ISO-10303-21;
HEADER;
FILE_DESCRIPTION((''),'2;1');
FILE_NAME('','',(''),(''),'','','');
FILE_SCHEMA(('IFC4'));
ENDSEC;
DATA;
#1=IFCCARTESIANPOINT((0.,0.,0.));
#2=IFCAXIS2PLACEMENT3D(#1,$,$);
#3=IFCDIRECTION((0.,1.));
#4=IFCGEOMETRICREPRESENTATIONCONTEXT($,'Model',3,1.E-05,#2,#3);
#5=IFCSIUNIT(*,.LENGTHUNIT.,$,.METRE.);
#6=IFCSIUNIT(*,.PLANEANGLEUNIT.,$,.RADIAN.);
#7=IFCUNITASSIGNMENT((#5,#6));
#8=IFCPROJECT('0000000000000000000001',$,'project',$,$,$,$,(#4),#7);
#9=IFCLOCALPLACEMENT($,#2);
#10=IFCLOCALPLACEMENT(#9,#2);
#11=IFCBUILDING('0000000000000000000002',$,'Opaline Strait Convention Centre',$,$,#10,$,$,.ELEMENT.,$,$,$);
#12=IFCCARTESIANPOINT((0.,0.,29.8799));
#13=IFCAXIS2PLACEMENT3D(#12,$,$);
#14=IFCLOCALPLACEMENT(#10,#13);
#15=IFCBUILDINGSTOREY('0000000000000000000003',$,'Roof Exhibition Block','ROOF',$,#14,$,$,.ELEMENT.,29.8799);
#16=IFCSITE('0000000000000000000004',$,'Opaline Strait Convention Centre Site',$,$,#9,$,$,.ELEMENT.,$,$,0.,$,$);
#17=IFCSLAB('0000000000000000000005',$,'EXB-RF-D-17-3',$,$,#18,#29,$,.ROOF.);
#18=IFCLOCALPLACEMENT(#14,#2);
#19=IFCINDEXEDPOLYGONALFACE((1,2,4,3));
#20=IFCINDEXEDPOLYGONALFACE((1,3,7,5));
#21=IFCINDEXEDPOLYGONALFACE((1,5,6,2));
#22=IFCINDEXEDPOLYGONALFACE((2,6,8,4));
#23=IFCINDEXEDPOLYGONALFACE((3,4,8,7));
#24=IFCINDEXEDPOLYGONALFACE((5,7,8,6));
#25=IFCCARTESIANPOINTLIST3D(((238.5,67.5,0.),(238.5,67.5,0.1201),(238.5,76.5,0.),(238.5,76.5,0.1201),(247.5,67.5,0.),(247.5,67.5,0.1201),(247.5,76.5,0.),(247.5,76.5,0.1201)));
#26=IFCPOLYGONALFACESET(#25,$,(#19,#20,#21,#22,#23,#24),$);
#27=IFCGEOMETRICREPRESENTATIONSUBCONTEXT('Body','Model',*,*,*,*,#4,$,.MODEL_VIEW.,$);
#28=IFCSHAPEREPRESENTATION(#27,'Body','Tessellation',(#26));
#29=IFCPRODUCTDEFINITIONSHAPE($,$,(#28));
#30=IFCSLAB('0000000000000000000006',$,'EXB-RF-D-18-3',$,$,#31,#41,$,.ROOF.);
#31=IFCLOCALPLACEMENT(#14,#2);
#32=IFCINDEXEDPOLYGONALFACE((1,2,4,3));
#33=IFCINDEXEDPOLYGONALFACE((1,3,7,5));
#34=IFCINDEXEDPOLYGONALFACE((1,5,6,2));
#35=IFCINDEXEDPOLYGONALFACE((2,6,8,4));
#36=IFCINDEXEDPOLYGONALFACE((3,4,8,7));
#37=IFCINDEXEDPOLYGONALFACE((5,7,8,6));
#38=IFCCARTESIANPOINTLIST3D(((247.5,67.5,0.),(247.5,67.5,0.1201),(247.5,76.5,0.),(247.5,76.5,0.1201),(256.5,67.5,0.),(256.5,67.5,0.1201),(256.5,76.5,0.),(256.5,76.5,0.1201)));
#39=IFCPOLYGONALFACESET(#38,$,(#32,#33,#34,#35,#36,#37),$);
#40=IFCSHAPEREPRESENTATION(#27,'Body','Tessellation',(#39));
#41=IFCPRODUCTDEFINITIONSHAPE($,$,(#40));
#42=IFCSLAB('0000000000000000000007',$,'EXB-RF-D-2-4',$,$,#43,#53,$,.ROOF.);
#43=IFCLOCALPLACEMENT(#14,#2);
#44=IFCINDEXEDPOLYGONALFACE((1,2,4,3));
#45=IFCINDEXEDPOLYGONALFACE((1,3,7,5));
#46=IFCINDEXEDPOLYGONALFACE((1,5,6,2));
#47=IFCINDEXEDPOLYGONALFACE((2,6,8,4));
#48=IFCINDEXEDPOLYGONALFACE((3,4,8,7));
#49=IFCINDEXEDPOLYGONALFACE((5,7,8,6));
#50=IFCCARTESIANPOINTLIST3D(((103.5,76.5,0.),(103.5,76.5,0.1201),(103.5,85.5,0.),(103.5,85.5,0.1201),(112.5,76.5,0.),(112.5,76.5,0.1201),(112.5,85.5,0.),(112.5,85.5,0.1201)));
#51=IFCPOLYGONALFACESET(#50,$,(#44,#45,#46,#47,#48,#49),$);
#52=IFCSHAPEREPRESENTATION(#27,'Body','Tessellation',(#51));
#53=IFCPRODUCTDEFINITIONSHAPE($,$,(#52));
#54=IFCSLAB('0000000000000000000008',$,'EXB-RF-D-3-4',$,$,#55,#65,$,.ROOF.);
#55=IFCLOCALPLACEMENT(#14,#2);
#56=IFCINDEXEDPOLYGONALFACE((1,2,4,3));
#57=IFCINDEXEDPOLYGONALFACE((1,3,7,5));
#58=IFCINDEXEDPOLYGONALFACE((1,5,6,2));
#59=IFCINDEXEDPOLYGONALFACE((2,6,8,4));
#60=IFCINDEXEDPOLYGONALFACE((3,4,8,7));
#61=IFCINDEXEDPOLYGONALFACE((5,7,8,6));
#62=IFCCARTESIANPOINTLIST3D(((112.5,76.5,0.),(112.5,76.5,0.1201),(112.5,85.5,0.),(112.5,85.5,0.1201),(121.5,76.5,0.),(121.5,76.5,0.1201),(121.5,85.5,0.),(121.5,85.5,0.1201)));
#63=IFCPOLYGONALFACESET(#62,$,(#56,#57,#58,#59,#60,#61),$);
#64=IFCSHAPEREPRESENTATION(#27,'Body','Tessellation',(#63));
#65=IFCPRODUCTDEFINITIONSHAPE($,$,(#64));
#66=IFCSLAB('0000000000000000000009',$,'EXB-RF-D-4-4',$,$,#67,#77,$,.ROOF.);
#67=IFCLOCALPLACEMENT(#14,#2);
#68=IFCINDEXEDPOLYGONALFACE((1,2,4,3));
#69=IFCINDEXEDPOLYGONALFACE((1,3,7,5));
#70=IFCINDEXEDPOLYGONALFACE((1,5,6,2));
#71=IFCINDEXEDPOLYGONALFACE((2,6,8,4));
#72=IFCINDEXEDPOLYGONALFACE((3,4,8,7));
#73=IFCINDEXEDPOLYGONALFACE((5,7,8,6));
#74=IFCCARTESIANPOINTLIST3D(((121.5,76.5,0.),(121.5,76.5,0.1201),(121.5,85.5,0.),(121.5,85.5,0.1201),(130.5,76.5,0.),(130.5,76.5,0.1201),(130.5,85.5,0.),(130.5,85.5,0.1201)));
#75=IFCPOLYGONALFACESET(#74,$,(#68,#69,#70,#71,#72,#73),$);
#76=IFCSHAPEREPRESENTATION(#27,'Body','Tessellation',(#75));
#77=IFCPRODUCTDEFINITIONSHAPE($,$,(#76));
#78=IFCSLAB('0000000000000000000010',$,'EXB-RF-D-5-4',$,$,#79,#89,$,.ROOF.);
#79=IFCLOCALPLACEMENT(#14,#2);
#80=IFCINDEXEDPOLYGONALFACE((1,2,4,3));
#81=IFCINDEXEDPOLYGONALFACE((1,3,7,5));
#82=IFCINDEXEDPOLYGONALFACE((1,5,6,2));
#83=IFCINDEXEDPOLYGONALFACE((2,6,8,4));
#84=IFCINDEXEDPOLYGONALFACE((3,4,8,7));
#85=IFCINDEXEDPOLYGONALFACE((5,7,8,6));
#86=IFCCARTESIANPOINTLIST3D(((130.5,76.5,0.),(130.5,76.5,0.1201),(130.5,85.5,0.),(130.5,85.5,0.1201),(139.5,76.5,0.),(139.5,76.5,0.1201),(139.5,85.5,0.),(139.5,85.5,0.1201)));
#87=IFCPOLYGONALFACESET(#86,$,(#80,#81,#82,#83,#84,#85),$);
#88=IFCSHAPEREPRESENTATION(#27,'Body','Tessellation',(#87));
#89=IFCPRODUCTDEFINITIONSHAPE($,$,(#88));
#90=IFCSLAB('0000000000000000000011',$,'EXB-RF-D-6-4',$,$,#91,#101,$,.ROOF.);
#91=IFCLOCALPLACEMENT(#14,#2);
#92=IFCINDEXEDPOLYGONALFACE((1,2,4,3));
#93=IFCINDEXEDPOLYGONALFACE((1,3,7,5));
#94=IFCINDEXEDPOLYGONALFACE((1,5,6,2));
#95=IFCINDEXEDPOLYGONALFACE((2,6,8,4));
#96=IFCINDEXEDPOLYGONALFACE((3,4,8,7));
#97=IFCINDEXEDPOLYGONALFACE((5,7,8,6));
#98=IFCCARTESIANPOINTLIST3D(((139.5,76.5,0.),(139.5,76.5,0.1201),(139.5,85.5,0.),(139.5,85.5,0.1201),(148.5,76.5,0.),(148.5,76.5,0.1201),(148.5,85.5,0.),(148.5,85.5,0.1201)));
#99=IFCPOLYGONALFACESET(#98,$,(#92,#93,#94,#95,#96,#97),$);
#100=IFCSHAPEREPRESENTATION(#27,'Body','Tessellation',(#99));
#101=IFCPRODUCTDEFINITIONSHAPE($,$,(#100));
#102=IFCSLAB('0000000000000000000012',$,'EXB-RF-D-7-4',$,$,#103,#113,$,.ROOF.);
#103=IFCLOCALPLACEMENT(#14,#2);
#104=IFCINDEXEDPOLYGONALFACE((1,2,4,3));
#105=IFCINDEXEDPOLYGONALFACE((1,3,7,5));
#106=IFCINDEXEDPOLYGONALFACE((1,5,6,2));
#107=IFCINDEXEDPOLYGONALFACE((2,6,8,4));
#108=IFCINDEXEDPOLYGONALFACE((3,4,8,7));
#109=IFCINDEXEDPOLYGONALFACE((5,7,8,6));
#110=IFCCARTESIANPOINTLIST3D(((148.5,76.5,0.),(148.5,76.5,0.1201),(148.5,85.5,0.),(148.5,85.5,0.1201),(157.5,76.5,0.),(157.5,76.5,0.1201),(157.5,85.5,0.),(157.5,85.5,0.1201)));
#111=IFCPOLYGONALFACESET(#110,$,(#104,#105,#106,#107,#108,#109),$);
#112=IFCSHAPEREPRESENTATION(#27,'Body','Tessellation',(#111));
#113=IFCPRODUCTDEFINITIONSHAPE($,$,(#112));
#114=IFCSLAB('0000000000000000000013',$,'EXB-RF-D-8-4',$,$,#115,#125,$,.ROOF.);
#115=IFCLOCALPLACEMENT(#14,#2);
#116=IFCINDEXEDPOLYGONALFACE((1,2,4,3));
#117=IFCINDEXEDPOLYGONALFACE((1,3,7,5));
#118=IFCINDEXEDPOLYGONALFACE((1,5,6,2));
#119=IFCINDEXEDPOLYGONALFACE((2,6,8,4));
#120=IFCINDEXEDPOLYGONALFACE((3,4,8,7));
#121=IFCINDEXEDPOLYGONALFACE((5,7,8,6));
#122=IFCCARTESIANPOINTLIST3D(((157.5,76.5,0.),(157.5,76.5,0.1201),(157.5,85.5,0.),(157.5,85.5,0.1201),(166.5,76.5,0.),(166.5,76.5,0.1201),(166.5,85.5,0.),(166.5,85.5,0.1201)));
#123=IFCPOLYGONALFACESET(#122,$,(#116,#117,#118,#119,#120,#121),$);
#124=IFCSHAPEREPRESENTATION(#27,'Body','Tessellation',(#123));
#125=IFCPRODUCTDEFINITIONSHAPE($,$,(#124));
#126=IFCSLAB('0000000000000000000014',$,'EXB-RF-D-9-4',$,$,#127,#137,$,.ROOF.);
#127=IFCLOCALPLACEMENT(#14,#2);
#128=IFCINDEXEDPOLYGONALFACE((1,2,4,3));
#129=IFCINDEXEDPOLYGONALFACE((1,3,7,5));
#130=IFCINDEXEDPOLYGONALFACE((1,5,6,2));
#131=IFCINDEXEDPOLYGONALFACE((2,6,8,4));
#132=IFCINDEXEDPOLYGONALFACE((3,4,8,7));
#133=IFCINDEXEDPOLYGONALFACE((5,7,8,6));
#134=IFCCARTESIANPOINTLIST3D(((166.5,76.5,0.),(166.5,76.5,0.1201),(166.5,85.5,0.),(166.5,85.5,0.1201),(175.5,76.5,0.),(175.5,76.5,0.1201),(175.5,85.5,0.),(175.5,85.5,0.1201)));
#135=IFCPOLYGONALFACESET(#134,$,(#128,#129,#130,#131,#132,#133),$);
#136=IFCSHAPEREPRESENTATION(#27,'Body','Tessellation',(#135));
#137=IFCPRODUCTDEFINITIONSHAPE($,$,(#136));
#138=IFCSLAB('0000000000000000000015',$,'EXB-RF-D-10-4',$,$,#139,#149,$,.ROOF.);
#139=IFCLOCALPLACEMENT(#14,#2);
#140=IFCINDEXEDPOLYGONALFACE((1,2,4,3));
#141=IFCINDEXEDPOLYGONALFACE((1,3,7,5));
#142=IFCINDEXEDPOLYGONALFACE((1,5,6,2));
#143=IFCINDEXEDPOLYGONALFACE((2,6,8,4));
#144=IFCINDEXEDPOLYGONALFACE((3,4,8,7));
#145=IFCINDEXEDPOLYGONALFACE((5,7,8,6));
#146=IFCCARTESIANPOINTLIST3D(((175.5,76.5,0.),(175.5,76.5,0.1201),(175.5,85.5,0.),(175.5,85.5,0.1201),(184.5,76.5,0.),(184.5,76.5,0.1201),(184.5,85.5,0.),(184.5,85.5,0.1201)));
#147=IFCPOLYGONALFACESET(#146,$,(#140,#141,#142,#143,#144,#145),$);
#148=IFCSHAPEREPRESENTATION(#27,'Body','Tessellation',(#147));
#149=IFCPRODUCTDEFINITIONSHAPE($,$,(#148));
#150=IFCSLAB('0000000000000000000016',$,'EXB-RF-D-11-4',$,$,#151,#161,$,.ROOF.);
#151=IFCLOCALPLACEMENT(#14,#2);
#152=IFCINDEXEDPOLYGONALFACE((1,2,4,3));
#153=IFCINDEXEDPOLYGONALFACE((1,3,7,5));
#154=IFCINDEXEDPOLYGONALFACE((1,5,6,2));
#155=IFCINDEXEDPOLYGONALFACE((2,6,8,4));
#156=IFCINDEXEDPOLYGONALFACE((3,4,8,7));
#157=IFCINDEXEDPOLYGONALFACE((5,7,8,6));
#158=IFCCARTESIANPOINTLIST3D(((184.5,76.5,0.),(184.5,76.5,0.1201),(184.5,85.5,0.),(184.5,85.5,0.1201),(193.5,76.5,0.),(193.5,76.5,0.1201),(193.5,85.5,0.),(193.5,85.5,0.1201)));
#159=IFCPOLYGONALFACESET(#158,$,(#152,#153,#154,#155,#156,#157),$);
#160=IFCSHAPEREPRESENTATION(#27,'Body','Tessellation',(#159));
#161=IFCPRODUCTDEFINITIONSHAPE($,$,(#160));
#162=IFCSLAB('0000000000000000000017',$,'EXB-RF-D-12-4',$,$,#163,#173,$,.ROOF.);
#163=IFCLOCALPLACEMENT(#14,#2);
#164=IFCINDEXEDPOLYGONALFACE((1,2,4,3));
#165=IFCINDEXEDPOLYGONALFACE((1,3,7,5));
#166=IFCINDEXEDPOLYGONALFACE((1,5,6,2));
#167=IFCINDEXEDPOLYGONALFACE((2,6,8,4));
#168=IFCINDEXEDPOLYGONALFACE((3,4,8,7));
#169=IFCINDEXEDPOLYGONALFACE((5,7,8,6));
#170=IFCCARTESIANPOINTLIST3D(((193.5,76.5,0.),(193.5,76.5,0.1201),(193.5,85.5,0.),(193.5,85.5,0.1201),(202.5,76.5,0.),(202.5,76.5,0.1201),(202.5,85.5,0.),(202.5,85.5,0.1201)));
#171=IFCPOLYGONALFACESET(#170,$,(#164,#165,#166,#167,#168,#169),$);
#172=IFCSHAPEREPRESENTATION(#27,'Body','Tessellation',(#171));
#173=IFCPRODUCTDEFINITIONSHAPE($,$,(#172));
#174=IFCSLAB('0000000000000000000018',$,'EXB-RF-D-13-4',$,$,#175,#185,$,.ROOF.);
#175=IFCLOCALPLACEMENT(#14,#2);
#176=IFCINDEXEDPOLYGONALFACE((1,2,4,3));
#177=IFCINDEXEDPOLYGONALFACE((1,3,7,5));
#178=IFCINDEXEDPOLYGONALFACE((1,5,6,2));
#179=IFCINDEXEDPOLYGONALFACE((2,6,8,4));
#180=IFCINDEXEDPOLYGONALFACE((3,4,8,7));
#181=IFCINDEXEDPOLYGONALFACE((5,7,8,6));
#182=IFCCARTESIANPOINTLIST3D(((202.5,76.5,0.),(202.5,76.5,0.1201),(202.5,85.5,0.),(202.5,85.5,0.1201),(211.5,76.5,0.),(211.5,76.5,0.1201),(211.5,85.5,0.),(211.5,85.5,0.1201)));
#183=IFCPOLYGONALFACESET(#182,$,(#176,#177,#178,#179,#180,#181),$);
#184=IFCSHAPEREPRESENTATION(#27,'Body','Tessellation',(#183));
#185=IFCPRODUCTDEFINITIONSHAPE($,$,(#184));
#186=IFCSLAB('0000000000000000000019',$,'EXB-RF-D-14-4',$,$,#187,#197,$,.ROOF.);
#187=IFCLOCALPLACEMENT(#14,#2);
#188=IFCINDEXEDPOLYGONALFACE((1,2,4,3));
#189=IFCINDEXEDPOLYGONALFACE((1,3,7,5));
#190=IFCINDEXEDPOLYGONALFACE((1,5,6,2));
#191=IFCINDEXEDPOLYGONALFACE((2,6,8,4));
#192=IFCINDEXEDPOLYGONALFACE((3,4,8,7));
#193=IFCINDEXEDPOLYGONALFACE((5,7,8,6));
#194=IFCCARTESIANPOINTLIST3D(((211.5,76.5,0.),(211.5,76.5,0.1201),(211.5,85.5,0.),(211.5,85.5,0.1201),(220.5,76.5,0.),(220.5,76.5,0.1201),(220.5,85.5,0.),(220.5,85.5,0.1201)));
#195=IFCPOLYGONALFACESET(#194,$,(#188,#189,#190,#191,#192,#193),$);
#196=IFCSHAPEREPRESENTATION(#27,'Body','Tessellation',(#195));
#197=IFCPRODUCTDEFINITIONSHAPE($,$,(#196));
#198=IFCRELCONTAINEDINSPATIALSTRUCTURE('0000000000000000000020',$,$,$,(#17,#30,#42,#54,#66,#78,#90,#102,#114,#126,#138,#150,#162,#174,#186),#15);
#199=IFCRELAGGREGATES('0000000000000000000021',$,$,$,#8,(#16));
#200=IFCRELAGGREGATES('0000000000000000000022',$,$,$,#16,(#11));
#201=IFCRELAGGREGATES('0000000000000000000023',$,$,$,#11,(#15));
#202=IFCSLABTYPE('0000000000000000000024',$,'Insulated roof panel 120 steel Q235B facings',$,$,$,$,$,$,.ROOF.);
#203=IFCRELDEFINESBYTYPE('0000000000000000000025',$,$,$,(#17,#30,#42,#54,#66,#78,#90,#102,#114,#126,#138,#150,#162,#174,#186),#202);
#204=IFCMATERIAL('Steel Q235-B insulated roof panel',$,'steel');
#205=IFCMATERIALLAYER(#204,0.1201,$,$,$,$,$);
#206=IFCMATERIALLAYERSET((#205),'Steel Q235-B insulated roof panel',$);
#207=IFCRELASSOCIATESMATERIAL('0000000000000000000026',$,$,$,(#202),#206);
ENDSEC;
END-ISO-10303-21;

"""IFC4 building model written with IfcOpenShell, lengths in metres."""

from ifc_helpers import new_model, si_unit, direction, frame, origin, place, context, subcontext, project, spatial, polyline, outline, extrude, material, layer, layer_set, type_object, element, save


model = new_model("IFC4")

# Units and contexts
model_context = context("Model", 3, precision=1e-05, world=origin(), true_north=direction((0.0, 1.0)))
body_context = subcontext(model_context, "Body", "Model", "MODEL_VIEW")
ifc_project = project(units=[si_unit("LENGTHUNIT", "METRE"), si_unit("PLANEANGLEUNIT", "RADIAN")], contexts=[model_context])

# Site, building, storey
site_placement = place(None, origin())
site = spatial("IfcSite", under=ifc_project, at=site_placement, Name="Opaline Strait Convention Centre Site", CompositionType="ELEMENT", RefElevation=0.0)
building_placement = place(site_placement, origin())
building = spatial("IfcBuilding", under=site, at=building_placement, Name="Opaline Strait Convention Centre", CompositionType="ELEMENT")
storey_placement = place(building_placement, frame((0.0, 0.0, 29.8799)))
storey = spatial("IfcBuildingStorey", under=building, at=storey_placement, Name="Roof Exhibition Block", Description="ROOF", CompositionType="ELEMENT", Elevation=29.8799)

# Slabs
ifc_material = material(Name="Steel Q235-B insulated roof panel", Category="steel")
ifc_layer = layer(ifc_material, 0.1201)
ifc_layer_set = layer_set([ifc_layer], Name="Steel Q235-B insulated roof panel")
slab_type = type_object("IfcSlabType", Name="Insulated roof panel 120 steel Q235B facings", PredefinedType="ROOF", material=ifc_layer_set)
slab_1_placement = place(storey_placement, origin())
element("IfcSlab", 1, at=slab_1_placement, inside=storey, type_object=slab_type, Name="EXB-RF-D-17-3", PredefinedType="ROOF", context=body_context, shape_type="SweptSolid", body=[
    extrude(outline(polyline([(238.5, 67.5), (247.5, 67.5), (247.5, 76.5), (238.5, 76.5), (238.5, 67.5)])), origin(), (0.0, 0.0, 1.0), 0.1201),
])
slab_2_placement = place(storey_placement, origin())
element("IfcSlab", 2, at=slab_2_placement, inside=storey, type_object=slab_type, Name="EXB-RF-D-18-3", PredefinedType="ROOF", context=body_context, shape_type="SweptSolid", body=[
    extrude(outline(polyline([(247.5, 67.5), (256.5, 67.5), (256.5, 76.5), (247.5, 76.5), (247.5, 67.5)])), origin(), (0.0, 0.0, 1.0), 0.1201),
])
slab_3_placement = place(storey_placement, origin())
element("IfcSlab", 3, at=slab_3_placement, inside=storey, type_object=slab_type, Name="EXB-RF-D-2-4", PredefinedType="ROOF", context=body_context, shape_type="SweptSolid", body=[
    extrude(outline(polyline([(103.5, 76.5), (112.5, 76.5), (112.5, 85.5), (103.5, 85.5), (103.5, 76.5)])), origin(), (0.0, 0.0, 1.0), 0.1201),
])
slab_4_placement = place(storey_placement, origin())
element("IfcSlab", 4, at=slab_4_placement, inside=storey, type_object=slab_type, Name="EXB-RF-D-3-4", PredefinedType="ROOF", context=body_context, shape_type="SweptSolid", body=[
    extrude(outline(polyline([(112.5, 76.5), (121.5, 76.5), (121.5, 85.5), (112.5, 85.5), (112.5, 76.5)])), origin(), (0.0, 0.0, 1.0), 0.1201),
])
slab_5_placement = place(storey_placement, origin())
element("IfcSlab", 5, at=slab_5_placement, inside=storey, type_object=slab_type, Name="EXB-RF-D-4-4", PredefinedType="ROOF", context=body_context, shape_type="SweptSolid", body=[
    extrude(outline(polyline([(121.5, 76.5), (130.5, 76.5), (130.5, 85.5), (121.5, 85.5), (121.5, 76.5)])), origin(), (0.0, 0.0, 1.0), 0.1201),
])
slab_6_placement = place(storey_placement, origin())
element("IfcSlab", 6, at=slab_6_placement, inside=storey, type_object=slab_type, Name="EXB-RF-D-5-4", PredefinedType="ROOF", context=body_context, shape_type="SweptSolid", body=[
    extrude(outline(polyline([(130.5, 76.5), (139.5, 76.5), (139.5, 85.5), (130.5, 85.5), (130.5, 76.5)])), origin(), (0.0, 0.0, 1.0), 0.1201),
])
slab_7_placement = place(storey_placement, origin())
element("IfcSlab", 7, at=slab_7_placement, inside=storey, type_object=slab_type, Name="EXB-RF-D-6-4", PredefinedType="ROOF", context=body_context, shape_type="SweptSolid", body=[
    extrude(outline(polyline([(139.5, 76.5), (148.5, 76.5), (148.5, 85.5), (139.5, 85.5), (139.5, 76.5)])), origin(), (0.0, 0.0, 1.0), 0.1201),
])
slab_8_placement = place(storey_placement, origin())
element("IfcSlab", 8, at=slab_8_placement, inside=storey, type_object=slab_type, Name="EXB-RF-D-7-4", PredefinedType="ROOF", context=body_context, shape_type="SweptSolid", body=[
    extrude(outline(polyline([(148.5, 76.5), (157.5, 76.5), (157.5, 85.5), (148.5, 85.5), (148.5, 76.5)])), origin(), (0.0, 0.0, 1.0), 0.1201),
])
slab_9_placement = place(storey_placement, origin())
element("IfcSlab", 9, at=slab_9_placement, inside=storey, type_object=slab_type, Name="EXB-RF-D-8-4", PredefinedType="ROOF", context=body_context, shape_type="SweptSolid", body=[
    extrude(outline(polyline([(157.5, 76.5), (166.5, 76.5), (166.5, 85.5), (157.5, 85.5), (157.5, 76.5)])), origin(), (0.0, 0.0, 1.0), 0.1201),
])
slab_10_placement = place(storey_placement, origin())
element("IfcSlab", 10, at=slab_10_placement, inside=storey, type_object=slab_type, Name="EXB-RF-D-9-4", PredefinedType="ROOF", context=body_context, shape_type="SweptSolid", body=[
    extrude(outline(polyline([(166.5, 76.5), (175.5, 76.5), (175.5, 85.5), (166.5, 85.5), (166.5, 76.5)])), origin(), (0.0, 0.0, 1.0), 0.1201),
])
slab_11_placement = place(storey_placement, origin())
element("IfcSlab", 11, at=slab_11_placement, inside=storey, type_object=slab_type, Name="EXB-RF-D-10-4", PredefinedType="ROOF", context=body_context, shape_type="SweptSolid", body=[
    extrude(outline(polyline([(175.5, 76.5), (184.5, 76.5), (184.5, 85.5), (175.5, 85.5), (175.5, 76.5)])), origin(), (0.0, 0.0, 1.0), 0.1201),
])
slab_12_placement = place(storey_placement, origin())
element("IfcSlab", 12, at=slab_12_placement, inside=storey, type_object=slab_type, Name="EXB-RF-D-11-4", PredefinedType="ROOF", context=body_context, shape_type="SweptSolid", body=[
    extrude(outline(polyline([(184.5, 76.5), (193.5, 76.5), (193.5, 85.5), (184.5, 85.5), (184.5, 76.5)])), origin(), (0.0, 0.0, 1.0), 0.1201),
])
slab_13_placement = place(storey_placement, origin())
element("IfcSlab", 13, at=slab_13_placement, inside=storey, type_object=slab_type, Name="EXB-RF-D-12-4", PredefinedType="ROOF", context=body_context, shape_type="SweptSolid", body=[
    extrude(outline(polyline([(193.5, 76.5), (202.5, 76.5), (202.5, 85.5), (193.5, 85.5), (193.5, 76.5)])), origin(), (0.0, 0.0, 1.0), 0.1201),
])
slab_14_placement = place(storey_placement, origin())
element("IfcSlab", 14, at=slab_14_placement, inside=storey, type_object=slab_type, Name="EXB-RF-D-13-4", PredefinedType="ROOF", context=body_context, shape_type="SweptSolid", body=[
    extrude(outline(polyline([(202.5, 76.5), (211.5, 76.5), (211.5, 85.5), (202.5, 85.5), (202.5, 76.5)])), origin(), (0.0, 0.0, 1.0), 0.1201),
])
slab_15_placement = place(storey_placement, origin())
element("IfcSlab", 15, at=slab_15_placement, inside=storey, type_object=slab_type, Name="EXB-RF-D-14-4", PredefinedType="ROOF", context=body_context, shape_type="SweptSolid", body=[
    extrude(outline(polyline([(211.5, 76.5), (220.5, 76.5), (220.5, 85.5), (211.5, 85.5), (211.5, 76.5)])), origin(), (0.0, 0.0, 1.0), 0.1201),
])

save(model, "model.ifc")
